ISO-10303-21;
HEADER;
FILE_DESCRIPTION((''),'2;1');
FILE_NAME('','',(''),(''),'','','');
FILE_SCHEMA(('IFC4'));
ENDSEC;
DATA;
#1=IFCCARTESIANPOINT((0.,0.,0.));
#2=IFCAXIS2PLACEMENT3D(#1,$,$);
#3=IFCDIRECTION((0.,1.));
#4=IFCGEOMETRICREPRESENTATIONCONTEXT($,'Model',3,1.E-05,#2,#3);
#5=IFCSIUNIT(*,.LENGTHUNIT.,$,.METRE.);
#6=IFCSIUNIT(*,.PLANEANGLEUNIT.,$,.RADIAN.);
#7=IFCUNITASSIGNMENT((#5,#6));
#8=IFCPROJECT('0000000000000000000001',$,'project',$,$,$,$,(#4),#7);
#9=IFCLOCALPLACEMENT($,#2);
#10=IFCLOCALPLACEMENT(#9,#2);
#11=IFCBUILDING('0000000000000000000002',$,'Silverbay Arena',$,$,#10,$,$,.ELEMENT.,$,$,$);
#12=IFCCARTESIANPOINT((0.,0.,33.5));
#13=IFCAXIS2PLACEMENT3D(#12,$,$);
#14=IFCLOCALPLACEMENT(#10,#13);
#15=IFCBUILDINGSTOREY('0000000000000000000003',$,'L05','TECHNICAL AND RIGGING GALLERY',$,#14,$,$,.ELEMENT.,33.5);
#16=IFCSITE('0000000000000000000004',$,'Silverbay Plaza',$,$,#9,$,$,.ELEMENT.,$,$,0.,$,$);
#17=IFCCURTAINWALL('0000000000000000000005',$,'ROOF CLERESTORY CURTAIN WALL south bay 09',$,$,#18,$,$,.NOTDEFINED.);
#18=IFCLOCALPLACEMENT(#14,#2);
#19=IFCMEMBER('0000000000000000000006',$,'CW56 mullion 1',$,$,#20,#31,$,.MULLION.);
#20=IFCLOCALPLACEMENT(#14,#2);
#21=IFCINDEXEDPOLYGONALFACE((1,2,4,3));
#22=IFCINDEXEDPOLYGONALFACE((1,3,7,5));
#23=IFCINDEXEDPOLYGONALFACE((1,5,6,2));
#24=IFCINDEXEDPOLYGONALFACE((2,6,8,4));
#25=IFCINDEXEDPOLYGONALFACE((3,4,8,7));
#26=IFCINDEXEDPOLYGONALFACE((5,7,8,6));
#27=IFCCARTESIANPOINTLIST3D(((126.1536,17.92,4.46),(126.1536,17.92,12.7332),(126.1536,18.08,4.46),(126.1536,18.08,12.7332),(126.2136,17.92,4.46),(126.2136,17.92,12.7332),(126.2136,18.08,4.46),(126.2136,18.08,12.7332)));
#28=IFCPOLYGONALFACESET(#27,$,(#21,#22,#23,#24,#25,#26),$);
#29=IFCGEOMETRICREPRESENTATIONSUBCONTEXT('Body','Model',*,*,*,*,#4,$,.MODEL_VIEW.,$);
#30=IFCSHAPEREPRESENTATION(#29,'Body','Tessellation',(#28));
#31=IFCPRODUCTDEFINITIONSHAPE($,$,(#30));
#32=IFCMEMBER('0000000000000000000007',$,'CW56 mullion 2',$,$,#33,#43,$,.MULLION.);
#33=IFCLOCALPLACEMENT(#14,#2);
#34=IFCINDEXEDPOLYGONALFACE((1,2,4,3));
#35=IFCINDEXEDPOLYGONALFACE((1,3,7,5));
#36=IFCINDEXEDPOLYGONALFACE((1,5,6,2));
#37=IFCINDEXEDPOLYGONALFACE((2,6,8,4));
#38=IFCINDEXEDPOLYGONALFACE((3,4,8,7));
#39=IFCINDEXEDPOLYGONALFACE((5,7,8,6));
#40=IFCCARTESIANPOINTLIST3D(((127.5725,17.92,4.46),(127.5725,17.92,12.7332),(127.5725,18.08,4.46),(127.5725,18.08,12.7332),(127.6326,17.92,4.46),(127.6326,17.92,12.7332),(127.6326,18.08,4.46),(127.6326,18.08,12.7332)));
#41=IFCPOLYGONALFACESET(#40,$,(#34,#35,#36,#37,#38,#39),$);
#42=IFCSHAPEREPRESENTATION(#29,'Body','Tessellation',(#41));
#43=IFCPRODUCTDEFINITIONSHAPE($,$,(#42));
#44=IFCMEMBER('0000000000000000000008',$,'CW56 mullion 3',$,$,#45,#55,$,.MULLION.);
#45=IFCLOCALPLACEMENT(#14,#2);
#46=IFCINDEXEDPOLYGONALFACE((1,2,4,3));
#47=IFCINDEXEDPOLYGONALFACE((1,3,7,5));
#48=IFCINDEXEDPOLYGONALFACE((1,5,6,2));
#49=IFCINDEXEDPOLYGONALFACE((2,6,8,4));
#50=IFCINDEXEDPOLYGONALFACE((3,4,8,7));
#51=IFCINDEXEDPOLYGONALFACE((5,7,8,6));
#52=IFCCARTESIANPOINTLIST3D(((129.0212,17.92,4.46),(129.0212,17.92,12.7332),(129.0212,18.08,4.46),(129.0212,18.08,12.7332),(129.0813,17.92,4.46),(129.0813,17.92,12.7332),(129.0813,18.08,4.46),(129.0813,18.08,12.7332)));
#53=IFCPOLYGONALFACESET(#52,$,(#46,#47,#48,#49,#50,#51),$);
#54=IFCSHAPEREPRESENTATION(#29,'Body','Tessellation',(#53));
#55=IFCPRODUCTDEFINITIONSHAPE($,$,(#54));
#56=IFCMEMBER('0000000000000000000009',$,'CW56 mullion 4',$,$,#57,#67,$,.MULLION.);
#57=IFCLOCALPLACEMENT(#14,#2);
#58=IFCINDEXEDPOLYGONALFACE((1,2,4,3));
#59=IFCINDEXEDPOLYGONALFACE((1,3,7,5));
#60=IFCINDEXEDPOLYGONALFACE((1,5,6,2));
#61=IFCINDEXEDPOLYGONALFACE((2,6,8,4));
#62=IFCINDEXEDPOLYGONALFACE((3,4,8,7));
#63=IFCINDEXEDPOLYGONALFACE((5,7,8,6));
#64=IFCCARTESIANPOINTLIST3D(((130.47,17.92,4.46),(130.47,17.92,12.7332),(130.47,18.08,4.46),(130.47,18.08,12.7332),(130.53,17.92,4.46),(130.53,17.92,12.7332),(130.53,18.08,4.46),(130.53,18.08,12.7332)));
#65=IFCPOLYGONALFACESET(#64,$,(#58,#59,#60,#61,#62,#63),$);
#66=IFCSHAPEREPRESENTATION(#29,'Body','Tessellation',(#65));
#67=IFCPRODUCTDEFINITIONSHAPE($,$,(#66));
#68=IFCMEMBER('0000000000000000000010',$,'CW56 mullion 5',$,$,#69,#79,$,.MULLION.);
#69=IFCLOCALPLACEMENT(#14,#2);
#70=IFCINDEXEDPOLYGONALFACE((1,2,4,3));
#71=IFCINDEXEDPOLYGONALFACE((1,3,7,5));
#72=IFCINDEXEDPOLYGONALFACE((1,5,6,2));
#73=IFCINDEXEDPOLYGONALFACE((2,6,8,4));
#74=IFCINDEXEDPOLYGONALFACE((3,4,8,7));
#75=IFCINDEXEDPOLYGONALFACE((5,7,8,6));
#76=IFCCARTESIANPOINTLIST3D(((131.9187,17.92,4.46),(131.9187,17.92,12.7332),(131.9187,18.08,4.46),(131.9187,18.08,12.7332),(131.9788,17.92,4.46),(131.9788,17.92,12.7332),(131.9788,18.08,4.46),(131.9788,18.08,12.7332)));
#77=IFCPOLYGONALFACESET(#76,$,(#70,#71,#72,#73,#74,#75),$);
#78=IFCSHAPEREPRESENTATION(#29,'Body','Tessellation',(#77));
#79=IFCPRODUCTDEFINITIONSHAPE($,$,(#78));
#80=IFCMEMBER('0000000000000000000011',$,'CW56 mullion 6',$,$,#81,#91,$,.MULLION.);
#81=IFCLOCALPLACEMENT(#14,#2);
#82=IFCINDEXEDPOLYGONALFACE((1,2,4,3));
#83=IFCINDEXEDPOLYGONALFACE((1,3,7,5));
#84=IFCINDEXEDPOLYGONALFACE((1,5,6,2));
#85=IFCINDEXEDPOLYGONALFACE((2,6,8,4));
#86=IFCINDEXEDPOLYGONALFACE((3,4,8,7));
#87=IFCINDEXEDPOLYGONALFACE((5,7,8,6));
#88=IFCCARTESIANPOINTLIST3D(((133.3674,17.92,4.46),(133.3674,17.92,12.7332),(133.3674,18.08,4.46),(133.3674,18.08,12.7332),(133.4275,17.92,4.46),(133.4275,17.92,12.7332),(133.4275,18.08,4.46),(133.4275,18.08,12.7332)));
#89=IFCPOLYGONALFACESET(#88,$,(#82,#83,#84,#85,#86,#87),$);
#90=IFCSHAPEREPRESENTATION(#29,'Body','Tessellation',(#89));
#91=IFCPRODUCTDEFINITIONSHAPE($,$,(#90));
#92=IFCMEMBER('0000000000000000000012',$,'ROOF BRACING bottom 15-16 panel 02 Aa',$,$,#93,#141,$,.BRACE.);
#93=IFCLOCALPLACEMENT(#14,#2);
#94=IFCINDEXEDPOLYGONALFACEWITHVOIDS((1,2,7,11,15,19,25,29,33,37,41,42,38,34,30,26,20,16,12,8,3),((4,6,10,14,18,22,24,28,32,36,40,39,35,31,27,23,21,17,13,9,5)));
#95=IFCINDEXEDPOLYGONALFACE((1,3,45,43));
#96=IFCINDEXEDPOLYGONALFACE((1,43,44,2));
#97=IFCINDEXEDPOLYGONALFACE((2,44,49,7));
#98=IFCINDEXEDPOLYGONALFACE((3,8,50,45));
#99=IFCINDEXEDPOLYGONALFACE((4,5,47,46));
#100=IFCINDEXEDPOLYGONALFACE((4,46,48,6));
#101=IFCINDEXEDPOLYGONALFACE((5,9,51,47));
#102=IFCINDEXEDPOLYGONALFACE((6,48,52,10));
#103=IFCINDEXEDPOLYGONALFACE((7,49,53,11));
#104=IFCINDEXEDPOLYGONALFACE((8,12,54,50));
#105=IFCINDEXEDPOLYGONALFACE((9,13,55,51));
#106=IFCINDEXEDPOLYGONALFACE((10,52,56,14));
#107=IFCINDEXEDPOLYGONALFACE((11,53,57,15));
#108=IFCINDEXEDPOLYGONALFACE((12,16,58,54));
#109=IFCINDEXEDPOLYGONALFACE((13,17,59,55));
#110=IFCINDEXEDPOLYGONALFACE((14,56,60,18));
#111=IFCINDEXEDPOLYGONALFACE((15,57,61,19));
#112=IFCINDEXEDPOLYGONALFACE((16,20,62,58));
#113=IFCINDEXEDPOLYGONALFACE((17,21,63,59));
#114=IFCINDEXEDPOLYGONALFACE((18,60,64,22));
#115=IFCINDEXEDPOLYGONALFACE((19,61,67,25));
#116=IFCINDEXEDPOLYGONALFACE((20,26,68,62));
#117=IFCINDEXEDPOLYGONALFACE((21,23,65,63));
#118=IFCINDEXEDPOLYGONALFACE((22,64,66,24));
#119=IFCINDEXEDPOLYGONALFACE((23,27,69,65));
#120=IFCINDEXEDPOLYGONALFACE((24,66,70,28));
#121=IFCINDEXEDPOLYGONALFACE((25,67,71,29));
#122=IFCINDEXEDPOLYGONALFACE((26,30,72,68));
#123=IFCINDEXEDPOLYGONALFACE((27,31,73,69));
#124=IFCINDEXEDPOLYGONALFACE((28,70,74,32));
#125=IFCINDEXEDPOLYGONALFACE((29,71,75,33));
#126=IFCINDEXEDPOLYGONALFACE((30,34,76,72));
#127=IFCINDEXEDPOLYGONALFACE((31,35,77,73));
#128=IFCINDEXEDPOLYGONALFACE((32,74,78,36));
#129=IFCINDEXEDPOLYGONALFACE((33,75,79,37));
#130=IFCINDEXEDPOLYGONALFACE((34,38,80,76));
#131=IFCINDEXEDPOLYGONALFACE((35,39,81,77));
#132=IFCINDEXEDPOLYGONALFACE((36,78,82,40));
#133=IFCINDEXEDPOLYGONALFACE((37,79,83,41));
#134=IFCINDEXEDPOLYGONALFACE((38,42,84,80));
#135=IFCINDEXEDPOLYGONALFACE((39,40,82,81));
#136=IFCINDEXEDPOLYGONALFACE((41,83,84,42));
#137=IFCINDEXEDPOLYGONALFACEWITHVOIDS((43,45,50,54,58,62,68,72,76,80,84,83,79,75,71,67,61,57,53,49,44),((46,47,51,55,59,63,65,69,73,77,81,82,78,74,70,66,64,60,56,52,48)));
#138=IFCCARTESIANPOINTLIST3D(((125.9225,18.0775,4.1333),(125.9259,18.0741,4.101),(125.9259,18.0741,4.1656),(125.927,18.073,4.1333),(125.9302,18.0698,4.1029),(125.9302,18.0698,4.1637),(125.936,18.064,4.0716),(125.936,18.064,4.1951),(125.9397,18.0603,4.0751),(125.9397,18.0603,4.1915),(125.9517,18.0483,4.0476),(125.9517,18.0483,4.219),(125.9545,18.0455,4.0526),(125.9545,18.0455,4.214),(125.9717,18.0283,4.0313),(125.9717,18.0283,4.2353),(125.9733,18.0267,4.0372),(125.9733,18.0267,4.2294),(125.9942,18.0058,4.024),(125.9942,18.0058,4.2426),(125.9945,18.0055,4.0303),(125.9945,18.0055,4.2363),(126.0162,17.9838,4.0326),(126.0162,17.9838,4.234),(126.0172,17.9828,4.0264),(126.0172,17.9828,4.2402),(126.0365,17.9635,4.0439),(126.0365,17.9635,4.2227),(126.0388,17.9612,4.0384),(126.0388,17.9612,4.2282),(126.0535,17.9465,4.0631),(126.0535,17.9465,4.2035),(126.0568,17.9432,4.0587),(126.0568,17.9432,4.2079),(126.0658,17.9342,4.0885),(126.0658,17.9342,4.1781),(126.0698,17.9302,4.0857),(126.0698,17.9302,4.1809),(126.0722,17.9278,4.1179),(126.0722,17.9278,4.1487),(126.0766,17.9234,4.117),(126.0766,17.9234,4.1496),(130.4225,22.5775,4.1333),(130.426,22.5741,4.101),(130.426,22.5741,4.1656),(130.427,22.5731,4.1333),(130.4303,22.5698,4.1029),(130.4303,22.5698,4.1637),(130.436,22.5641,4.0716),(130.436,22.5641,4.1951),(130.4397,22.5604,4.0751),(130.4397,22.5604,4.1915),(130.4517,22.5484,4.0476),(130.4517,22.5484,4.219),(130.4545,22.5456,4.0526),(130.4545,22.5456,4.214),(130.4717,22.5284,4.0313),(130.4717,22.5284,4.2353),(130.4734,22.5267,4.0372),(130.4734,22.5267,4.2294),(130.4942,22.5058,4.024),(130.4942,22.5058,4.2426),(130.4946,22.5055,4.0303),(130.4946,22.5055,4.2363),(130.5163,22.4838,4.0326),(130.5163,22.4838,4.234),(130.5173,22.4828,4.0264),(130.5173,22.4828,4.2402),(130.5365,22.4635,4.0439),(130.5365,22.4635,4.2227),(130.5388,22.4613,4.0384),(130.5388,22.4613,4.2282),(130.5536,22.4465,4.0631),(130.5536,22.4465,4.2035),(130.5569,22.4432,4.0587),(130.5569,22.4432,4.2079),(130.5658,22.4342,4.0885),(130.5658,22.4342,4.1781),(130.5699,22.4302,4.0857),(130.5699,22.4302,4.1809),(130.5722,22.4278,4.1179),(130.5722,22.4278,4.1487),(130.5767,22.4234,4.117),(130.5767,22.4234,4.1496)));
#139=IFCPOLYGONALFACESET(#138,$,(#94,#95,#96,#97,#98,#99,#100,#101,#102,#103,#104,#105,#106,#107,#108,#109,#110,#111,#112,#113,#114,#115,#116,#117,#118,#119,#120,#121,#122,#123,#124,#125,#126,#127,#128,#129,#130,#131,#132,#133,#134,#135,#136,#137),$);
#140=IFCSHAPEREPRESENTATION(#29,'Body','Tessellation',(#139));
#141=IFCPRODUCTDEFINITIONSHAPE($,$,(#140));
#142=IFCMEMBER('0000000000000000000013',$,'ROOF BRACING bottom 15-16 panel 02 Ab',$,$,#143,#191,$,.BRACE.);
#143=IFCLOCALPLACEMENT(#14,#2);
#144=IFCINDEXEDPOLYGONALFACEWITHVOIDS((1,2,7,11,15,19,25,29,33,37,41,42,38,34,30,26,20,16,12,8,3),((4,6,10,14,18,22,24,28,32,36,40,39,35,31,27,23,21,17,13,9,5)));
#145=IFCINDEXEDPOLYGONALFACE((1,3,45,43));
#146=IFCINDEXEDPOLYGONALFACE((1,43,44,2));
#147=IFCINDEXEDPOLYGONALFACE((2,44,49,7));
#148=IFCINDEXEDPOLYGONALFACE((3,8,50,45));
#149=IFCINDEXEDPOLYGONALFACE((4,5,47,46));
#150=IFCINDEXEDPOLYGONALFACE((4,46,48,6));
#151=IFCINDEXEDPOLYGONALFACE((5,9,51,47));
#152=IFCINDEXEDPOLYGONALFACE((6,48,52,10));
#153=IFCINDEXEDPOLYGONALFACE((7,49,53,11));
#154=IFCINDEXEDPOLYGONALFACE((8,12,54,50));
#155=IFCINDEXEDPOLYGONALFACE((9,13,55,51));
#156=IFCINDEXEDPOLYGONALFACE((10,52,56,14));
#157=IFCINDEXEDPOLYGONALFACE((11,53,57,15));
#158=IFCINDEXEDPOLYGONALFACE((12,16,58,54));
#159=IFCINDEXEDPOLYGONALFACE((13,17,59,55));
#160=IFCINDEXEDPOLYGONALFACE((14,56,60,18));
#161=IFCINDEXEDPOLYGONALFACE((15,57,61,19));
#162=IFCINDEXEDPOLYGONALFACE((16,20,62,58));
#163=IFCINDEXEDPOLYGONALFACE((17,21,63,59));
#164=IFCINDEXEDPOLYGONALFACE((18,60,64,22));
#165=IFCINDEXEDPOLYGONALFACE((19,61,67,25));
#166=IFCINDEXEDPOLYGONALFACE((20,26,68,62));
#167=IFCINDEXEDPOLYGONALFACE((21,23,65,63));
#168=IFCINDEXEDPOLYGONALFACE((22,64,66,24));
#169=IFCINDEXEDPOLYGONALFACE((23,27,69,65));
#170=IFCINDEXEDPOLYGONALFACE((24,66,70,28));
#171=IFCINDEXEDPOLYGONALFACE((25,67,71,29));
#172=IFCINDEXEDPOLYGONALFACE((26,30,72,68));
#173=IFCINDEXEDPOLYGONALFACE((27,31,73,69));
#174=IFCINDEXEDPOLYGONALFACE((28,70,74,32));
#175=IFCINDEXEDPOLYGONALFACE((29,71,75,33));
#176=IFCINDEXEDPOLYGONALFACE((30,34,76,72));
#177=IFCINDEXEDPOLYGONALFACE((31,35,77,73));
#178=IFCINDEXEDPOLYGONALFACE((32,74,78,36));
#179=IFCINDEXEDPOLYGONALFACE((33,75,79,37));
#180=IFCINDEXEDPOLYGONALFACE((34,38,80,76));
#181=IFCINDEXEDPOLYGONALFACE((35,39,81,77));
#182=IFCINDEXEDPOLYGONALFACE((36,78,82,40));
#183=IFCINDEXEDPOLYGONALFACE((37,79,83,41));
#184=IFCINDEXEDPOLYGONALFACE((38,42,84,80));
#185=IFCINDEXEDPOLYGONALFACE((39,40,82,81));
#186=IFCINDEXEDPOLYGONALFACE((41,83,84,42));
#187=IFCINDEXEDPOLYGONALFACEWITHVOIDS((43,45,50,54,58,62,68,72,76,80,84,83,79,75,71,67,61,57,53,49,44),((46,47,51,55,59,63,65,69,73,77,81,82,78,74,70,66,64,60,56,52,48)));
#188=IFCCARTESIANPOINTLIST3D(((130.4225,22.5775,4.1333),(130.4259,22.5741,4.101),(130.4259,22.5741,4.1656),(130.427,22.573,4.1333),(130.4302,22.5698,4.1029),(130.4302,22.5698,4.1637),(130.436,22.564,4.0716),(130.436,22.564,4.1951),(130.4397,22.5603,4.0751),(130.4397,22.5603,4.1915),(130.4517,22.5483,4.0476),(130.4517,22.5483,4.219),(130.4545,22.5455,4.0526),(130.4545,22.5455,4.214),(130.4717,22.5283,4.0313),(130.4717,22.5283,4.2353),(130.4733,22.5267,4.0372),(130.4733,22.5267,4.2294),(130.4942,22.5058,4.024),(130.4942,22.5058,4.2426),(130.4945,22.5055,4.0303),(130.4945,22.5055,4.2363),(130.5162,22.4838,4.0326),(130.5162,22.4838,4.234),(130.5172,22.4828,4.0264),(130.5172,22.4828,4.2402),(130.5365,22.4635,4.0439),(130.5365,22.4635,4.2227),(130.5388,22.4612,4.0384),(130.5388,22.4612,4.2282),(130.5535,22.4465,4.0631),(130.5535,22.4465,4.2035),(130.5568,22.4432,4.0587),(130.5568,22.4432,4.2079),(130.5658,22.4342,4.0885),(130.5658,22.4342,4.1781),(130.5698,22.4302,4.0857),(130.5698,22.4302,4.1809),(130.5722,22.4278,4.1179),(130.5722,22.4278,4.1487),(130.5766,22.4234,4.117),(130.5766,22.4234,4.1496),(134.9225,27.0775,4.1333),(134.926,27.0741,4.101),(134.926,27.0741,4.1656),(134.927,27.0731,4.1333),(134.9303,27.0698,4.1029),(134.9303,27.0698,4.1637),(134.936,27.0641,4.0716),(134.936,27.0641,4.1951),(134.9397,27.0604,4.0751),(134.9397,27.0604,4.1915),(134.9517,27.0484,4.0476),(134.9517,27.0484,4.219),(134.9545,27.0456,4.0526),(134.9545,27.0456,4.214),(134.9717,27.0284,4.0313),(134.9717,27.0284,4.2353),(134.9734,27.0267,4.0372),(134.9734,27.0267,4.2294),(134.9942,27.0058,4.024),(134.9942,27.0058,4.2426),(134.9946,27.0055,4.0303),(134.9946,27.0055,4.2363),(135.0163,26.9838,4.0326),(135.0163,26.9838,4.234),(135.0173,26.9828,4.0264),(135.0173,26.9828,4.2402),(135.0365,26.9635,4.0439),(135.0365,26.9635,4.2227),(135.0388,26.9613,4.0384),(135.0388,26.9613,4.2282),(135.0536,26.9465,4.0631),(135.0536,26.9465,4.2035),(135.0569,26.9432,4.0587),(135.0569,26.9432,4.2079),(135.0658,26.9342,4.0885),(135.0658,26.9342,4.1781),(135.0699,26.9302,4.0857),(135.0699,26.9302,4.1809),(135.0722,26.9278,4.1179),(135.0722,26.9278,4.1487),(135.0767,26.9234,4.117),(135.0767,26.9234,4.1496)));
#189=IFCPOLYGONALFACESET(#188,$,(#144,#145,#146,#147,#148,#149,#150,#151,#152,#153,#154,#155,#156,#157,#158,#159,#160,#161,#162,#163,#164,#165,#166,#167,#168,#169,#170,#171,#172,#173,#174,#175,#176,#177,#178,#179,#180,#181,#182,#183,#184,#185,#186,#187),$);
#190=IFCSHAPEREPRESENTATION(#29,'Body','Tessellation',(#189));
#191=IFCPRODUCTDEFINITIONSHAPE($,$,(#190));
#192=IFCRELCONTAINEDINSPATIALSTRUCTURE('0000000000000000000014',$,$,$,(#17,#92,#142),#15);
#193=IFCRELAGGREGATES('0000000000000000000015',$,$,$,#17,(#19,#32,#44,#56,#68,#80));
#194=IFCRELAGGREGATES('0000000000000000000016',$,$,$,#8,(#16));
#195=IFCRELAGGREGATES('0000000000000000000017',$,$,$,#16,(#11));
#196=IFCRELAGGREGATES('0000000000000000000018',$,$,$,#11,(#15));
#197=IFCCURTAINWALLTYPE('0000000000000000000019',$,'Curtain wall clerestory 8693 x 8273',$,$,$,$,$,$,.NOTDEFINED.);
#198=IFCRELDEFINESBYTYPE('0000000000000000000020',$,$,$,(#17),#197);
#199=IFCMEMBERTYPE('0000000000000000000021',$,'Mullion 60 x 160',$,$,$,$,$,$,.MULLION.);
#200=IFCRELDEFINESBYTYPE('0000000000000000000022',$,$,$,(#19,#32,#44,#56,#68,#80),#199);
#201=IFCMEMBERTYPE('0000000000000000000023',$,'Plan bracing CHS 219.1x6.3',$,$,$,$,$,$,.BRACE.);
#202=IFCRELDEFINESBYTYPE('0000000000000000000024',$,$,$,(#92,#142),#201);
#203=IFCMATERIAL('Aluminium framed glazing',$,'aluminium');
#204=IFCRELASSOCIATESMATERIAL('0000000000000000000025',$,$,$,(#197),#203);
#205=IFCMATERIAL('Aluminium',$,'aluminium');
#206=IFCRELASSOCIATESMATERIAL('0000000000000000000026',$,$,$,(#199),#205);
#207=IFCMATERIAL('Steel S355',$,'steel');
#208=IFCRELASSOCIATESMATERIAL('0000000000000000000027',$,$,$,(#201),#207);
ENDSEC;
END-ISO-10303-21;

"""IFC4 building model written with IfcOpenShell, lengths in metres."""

from ifc_helpers import new_model, si_unit, direction, frame, origin, origin_2d, place, context, subcontext, project, spatial, rectangle, hollow_circle, extrude, material, material_profile, profile_set, type_object, element, aggregate, save


model = new_model("IFC4")

# Units and contexts
model_context = context("Model", 3, precision=1e-05, world=origin(), true_north=direction((0.0, 1.0)))
body_context = subcontext(model_context, "Body", "Model", "MODEL_VIEW")
ifc_project = project(units=[si_unit("LENGTHUNIT", "METRE"), si_unit("PLANEANGLEUNIT", "RADIAN")], contexts=[model_context])

# Site, building, storey
site_placement = place(None, origin())
site = spatial("IfcSite", under=ifc_project, at=site_placement, Name="Silverbay Plaza", CompositionType="ELEMENT", RefElevation=0.0)
building_placement = place(site_placement, origin())
building = spatial("IfcBuilding", under=site, at=building_placement, Name="Silverbay Arena", CompositionType="ELEMENT")
storey_placement = place(building_placement, frame((0.0, 0.0, 33.5)))
storey = spatial("IfcBuildingStorey", under=building, at=storey_placement, Name="L05", Description="TECHNICAL AND RIGGING GALLERY", CompositionType="ELEMENT", Elevation=33.5)

# Curtain wall, members
ifc_material_1 = material(Name="Aluminium framed glazing", Category="aluminium")
curtain_wall_type = type_object("IfcCurtainWallType", Name="Curtain wall clerestory 8693 x 8273", PredefinedType="NOTDEFINED", material=ifc_material_1)
curtain_wall_placement = place(storey_placement, origin())
curtain_wall = element("IfcCurtainWall", 1, at=curtain_wall_placement, inside=storey, type_object=curtain_wall_type, Name="ROOF CLERESTORY CURTAIN WALL south bay 09", PredefinedType="NOTDEFINED")
ifc_material_2 = material(Name="Aluminium", Category="aluminium")
ifc_material_profile_1 = material_profile(ifc_material_2, rectangle(XDim=0.1599, YDim=0.0601, at=origin_2d()), Name="Mullion 60 x 160")
ifc_profile_set_1 = profile_set([ifc_material_profile_1], Name="Aluminium")
member_type_1 = type_object("IfcMemberType", Name="Mullion 60 x 160", PredefinedType="MULLION", material=ifc_profile_set_1)
member_1_placement = place(storey_placement, frame((126.1836, 18.0, 4.46), z_axis=(0.0, 0.0, 1.0), x_axis=(0.0, 1.0, 0.0)))
member_1 = element("IfcMember", 2, at=member_1_placement, type_object=member_type_1, Name="CW56 mullion 1", PredefinedType="MULLION", context=body_context, shape_type="SweptSolid", body=[
    extrude(rectangle(XDim=0.1599, YDim=0.0601, at=origin_2d()), origin(), (0.0, 0.0, 1.0), 8.2732),
])
member_2_placement = place(storey_placement, frame((127.6025, 18.0, 4.46), z_axis=(0.0, 0.0, 1.0), x_axis=(0.0, 1.0, 0.0)))
member_2 = element("IfcMember", 3, at=member_2_placement, type_object=member_type_1, Name="CW56 mullion 2", PredefinedType="MULLION", context=body_context, shape_type="SweptSolid", body=[
    extrude(rectangle(XDim=0.1599, YDim=0.0601, at=origin_2d()), origin(), (0.0, 0.0, 1.0), 8.2732),
])
member_3_placement = place(storey_placement, frame((129.0513, 18.0, 4.46), z_axis=(0.0, 0.0, 1.0), x_axis=(0.0, 1.0, 0.0)))
member_3 = element("IfcMember", 4, at=member_3_placement, type_object=member_type_1, Name="CW56 mullion 3", PredefinedType="MULLION", context=body_context, shape_type="SweptSolid", body=[
    extrude(rectangle(XDim=0.1599, YDim=0.0601, at=origin_2d()), origin(), (0.0, 0.0, 1.0), 8.2732),
])
member_4_placement = place(storey_placement, frame((130.5, 18.0, 4.46), z_axis=(0.0, 0.0, 1.0), x_axis=(0.0, 1.0, 0.0)))
member_4 = element("IfcMember", 5, at=member_4_placement, type_object=member_type_1, Name="CW56 mullion 4", PredefinedType="MULLION", context=body_context, shape_type="SweptSolid", body=[
    extrude(rectangle(XDim=0.1599, YDim=0.0601, at=origin_2d()), origin(), (0.0, 0.0, 1.0), 8.2732),
])
member_5_placement = place(storey_placement, frame((131.9487, 18.0, 4.46), z_axis=(0.0, 0.0, 1.0), x_axis=(0.0, 1.0, 0.0)))
member_5 = element("IfcMember", 6, at=member_5_placement, type_object=member_type_1, Name="CW56 mullion 5", PredefinedType="MULLION", context=body_context, shape_type="SweptSolid", body=[
    extrude(rectangle(XDim=0.1599, YDim=0.0601, at=origin_2d()), origin(), (0.0, 0.0, 1.0), 8.2732),
])
member_6_placement = place(storey_placement, frame((133.3975, 18.0, 4.46), z_axis=(0.0, 0.0, 1.0), x_axis=(0.0, 1.0, 0.0)))
member_6 = element("IfcMember", 7, at=member_6_placement, type_object=member_type_1, Name="CW56 mullion 6", PredefinedType="MULLION", context=body_context, shape_type="SweptSolid", body=[
    extrude(rectangle(XDim=0.1599, YDim=0.0601, at=origin_2d()), origin(), (0.0, 0.0, 1.0), 8.2732),
])

# Members
ifc_material_3 = material(Name="Steel S355", Category="steel")
ifc_material_profile_2 = material_profile(ifc_material_3, hollow_circle(Radius=0.1096, WallThickness=0.0063, at=origin_2d()), Name="CHS 219.1x6.3")
ifc_profile_set_2 = profile_set([ifc_material_profile_2], Name="Steel S355")
member_type_2 = type_object("IfcMemberType", Name="Plan bracing CHS 219.1x6.3", PredefinedType="BRACE", material=ifc_profile_set_2)
for number, where, z_axis, x_axis, name in (
    (8, (126.0, 18.0, 4.1333), (0.707107, 0.707107, 0.0), (-0.707107, 0.707107, 0.0), "ROOF BRACING bottom 15-16 panel 02 Aa"),
    (9, (130.5, 22.5, 4.1333), (0.707107, 0.707107, 0.0), (-0.707107, 0.707107, 0.0), "ROOF BRACING bottom 15-16 panel 02 Ab"),
):
    element("IfcMember", number, at=place(storey_placement, frame(where, z_axis=z_axis, x_axis=x_axis)), inside=storey, type_object=member_type_2, Name=name, PredefinedType="BRACE", context=body_context, shape_type="SweptSolid", body=[
        extrude(hollow_circle(Radius=0.1096, WallThickness=0.0063, at=origin_2d()), origin(), (0.0, 0.0, 1.0), 6.364),
    ])

aggregate(curtain_wall, [member_1, member_2, member_3, member_4, member_5, member_6])

save(model, "model.ifc")
